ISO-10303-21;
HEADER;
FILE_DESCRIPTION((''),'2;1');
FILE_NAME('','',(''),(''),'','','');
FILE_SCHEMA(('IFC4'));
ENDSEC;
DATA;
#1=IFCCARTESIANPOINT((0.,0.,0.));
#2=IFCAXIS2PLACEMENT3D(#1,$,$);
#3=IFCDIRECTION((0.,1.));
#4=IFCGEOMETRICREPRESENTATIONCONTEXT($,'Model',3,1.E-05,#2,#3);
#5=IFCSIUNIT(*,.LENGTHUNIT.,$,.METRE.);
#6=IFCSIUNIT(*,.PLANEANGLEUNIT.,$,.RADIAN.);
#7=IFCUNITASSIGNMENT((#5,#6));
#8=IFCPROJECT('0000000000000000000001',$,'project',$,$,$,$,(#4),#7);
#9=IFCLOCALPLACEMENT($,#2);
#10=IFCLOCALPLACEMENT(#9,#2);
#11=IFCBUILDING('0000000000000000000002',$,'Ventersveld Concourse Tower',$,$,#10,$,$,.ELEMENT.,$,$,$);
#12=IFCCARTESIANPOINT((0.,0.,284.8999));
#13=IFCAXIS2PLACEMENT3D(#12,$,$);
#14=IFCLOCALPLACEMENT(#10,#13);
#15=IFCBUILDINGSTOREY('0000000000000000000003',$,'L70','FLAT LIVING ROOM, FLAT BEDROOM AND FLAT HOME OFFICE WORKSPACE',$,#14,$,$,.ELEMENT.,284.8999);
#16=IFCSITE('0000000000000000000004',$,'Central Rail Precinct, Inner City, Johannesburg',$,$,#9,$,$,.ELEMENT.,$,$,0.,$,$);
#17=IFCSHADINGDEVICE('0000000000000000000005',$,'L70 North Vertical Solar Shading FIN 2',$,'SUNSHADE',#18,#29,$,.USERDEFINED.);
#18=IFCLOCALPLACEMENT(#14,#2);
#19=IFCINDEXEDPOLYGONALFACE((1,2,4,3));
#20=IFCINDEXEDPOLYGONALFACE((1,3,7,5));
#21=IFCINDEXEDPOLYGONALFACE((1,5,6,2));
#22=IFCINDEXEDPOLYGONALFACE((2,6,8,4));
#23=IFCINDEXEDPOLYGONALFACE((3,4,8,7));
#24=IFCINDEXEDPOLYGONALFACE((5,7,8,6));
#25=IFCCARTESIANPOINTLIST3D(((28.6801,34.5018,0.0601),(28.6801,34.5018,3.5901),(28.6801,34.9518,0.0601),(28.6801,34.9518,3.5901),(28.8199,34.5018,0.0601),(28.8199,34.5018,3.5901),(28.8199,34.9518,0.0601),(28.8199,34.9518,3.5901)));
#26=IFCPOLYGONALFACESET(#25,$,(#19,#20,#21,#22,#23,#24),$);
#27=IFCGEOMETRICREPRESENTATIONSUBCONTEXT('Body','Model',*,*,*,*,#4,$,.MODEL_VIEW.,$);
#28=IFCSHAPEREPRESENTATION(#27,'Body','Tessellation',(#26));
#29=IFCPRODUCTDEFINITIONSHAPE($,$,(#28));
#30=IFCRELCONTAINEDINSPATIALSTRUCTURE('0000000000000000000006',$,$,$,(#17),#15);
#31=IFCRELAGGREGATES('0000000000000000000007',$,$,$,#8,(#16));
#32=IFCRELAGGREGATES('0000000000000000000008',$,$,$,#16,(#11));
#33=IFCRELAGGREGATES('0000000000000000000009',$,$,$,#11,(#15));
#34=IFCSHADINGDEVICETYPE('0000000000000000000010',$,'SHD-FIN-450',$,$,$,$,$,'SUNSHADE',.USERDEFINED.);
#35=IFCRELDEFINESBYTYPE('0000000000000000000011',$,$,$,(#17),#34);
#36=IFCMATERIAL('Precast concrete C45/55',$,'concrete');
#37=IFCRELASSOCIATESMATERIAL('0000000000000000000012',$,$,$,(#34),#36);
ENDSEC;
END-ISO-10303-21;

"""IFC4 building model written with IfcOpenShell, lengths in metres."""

from ifc_helpers import new_model, si_unit, direction, frame, origin, origin_2d, place, context, subcontext, project, spatial, rectangle, extrude, material, type_object, element, save


model = new_model("IFC4")

# Units and contexts
model_context = context("Model", 3, precision=1e-05, world=origin(), true_north=direction((0.0, 1.0)))
body_context = subcontext(model_context, "Body", "Model", "MODEL_VIEW")
ifc_project = project(units=[si_unit("LENGTHUNIT", "METRE"), si_unit("PLANEANGLEUNIT", "RADIAN")], contexts=[model_context])

# Site, building, storey
site_placement = place(None, origin())
site = spatial("IfcSite", under=ifc_project, at=site_placement, Name="Central Rail Precinct, Inner City, Johannesburg", CompositionType="ELEMENT", RefElevation=0.0)
building_placement = place(site_placement, origin())
building = spatial("IfcBuilding", under=site, at=building_placement, Name="Ventersveld Concourse Tower", CompositionType="ELEMENT")
storey_placement = place(building_placement, frame((0.0, 0.0, 284.8999)))
storey = spatial("IfcBuildingStorey", under=building, at=storey_placement, Name="L70", Description="FLAT LIVING ROOM, FLAT BEDROOM AND FLAT HOME OFFICE WORKSPACE", CompositionType="ELEMENT", Elevation=284.8999)

# Shading device
ifc_material_1 = material(Name="Precast concrete C45/55", Category="concrete")
shading_device_type = type_object("IfcShadingDeviceType", Name="SHD-FIN-450", ElementType="SUNSHADE", PredefinedType="USERDEFINED", material=ifc_material_1)
shading_device_placement = place(storey_placement, frame((28.75, 34.7268, 0.0601), z_axis=(0.0, 0.0, 1.0), x_axis=(1.0, 0.0, 0.0)))
element("IfcShadingDevice", 1, at=shading_device_placement, inside=storey, type_object=shading_device_type, Name="L70 North Vertical Solar Shading FIN 2", ObjectType="SUNSHADE", PredefinedType="USERDEFINED", context=body_context, shape_type="SweptSolid", body=[
    extrude(rectangle(XDim=0.1399, YDim=0.45, at=origin_2d()), origin(), (0.0, 0.0, 1.0), 3.53),
])

save(model, "model.ifc")
